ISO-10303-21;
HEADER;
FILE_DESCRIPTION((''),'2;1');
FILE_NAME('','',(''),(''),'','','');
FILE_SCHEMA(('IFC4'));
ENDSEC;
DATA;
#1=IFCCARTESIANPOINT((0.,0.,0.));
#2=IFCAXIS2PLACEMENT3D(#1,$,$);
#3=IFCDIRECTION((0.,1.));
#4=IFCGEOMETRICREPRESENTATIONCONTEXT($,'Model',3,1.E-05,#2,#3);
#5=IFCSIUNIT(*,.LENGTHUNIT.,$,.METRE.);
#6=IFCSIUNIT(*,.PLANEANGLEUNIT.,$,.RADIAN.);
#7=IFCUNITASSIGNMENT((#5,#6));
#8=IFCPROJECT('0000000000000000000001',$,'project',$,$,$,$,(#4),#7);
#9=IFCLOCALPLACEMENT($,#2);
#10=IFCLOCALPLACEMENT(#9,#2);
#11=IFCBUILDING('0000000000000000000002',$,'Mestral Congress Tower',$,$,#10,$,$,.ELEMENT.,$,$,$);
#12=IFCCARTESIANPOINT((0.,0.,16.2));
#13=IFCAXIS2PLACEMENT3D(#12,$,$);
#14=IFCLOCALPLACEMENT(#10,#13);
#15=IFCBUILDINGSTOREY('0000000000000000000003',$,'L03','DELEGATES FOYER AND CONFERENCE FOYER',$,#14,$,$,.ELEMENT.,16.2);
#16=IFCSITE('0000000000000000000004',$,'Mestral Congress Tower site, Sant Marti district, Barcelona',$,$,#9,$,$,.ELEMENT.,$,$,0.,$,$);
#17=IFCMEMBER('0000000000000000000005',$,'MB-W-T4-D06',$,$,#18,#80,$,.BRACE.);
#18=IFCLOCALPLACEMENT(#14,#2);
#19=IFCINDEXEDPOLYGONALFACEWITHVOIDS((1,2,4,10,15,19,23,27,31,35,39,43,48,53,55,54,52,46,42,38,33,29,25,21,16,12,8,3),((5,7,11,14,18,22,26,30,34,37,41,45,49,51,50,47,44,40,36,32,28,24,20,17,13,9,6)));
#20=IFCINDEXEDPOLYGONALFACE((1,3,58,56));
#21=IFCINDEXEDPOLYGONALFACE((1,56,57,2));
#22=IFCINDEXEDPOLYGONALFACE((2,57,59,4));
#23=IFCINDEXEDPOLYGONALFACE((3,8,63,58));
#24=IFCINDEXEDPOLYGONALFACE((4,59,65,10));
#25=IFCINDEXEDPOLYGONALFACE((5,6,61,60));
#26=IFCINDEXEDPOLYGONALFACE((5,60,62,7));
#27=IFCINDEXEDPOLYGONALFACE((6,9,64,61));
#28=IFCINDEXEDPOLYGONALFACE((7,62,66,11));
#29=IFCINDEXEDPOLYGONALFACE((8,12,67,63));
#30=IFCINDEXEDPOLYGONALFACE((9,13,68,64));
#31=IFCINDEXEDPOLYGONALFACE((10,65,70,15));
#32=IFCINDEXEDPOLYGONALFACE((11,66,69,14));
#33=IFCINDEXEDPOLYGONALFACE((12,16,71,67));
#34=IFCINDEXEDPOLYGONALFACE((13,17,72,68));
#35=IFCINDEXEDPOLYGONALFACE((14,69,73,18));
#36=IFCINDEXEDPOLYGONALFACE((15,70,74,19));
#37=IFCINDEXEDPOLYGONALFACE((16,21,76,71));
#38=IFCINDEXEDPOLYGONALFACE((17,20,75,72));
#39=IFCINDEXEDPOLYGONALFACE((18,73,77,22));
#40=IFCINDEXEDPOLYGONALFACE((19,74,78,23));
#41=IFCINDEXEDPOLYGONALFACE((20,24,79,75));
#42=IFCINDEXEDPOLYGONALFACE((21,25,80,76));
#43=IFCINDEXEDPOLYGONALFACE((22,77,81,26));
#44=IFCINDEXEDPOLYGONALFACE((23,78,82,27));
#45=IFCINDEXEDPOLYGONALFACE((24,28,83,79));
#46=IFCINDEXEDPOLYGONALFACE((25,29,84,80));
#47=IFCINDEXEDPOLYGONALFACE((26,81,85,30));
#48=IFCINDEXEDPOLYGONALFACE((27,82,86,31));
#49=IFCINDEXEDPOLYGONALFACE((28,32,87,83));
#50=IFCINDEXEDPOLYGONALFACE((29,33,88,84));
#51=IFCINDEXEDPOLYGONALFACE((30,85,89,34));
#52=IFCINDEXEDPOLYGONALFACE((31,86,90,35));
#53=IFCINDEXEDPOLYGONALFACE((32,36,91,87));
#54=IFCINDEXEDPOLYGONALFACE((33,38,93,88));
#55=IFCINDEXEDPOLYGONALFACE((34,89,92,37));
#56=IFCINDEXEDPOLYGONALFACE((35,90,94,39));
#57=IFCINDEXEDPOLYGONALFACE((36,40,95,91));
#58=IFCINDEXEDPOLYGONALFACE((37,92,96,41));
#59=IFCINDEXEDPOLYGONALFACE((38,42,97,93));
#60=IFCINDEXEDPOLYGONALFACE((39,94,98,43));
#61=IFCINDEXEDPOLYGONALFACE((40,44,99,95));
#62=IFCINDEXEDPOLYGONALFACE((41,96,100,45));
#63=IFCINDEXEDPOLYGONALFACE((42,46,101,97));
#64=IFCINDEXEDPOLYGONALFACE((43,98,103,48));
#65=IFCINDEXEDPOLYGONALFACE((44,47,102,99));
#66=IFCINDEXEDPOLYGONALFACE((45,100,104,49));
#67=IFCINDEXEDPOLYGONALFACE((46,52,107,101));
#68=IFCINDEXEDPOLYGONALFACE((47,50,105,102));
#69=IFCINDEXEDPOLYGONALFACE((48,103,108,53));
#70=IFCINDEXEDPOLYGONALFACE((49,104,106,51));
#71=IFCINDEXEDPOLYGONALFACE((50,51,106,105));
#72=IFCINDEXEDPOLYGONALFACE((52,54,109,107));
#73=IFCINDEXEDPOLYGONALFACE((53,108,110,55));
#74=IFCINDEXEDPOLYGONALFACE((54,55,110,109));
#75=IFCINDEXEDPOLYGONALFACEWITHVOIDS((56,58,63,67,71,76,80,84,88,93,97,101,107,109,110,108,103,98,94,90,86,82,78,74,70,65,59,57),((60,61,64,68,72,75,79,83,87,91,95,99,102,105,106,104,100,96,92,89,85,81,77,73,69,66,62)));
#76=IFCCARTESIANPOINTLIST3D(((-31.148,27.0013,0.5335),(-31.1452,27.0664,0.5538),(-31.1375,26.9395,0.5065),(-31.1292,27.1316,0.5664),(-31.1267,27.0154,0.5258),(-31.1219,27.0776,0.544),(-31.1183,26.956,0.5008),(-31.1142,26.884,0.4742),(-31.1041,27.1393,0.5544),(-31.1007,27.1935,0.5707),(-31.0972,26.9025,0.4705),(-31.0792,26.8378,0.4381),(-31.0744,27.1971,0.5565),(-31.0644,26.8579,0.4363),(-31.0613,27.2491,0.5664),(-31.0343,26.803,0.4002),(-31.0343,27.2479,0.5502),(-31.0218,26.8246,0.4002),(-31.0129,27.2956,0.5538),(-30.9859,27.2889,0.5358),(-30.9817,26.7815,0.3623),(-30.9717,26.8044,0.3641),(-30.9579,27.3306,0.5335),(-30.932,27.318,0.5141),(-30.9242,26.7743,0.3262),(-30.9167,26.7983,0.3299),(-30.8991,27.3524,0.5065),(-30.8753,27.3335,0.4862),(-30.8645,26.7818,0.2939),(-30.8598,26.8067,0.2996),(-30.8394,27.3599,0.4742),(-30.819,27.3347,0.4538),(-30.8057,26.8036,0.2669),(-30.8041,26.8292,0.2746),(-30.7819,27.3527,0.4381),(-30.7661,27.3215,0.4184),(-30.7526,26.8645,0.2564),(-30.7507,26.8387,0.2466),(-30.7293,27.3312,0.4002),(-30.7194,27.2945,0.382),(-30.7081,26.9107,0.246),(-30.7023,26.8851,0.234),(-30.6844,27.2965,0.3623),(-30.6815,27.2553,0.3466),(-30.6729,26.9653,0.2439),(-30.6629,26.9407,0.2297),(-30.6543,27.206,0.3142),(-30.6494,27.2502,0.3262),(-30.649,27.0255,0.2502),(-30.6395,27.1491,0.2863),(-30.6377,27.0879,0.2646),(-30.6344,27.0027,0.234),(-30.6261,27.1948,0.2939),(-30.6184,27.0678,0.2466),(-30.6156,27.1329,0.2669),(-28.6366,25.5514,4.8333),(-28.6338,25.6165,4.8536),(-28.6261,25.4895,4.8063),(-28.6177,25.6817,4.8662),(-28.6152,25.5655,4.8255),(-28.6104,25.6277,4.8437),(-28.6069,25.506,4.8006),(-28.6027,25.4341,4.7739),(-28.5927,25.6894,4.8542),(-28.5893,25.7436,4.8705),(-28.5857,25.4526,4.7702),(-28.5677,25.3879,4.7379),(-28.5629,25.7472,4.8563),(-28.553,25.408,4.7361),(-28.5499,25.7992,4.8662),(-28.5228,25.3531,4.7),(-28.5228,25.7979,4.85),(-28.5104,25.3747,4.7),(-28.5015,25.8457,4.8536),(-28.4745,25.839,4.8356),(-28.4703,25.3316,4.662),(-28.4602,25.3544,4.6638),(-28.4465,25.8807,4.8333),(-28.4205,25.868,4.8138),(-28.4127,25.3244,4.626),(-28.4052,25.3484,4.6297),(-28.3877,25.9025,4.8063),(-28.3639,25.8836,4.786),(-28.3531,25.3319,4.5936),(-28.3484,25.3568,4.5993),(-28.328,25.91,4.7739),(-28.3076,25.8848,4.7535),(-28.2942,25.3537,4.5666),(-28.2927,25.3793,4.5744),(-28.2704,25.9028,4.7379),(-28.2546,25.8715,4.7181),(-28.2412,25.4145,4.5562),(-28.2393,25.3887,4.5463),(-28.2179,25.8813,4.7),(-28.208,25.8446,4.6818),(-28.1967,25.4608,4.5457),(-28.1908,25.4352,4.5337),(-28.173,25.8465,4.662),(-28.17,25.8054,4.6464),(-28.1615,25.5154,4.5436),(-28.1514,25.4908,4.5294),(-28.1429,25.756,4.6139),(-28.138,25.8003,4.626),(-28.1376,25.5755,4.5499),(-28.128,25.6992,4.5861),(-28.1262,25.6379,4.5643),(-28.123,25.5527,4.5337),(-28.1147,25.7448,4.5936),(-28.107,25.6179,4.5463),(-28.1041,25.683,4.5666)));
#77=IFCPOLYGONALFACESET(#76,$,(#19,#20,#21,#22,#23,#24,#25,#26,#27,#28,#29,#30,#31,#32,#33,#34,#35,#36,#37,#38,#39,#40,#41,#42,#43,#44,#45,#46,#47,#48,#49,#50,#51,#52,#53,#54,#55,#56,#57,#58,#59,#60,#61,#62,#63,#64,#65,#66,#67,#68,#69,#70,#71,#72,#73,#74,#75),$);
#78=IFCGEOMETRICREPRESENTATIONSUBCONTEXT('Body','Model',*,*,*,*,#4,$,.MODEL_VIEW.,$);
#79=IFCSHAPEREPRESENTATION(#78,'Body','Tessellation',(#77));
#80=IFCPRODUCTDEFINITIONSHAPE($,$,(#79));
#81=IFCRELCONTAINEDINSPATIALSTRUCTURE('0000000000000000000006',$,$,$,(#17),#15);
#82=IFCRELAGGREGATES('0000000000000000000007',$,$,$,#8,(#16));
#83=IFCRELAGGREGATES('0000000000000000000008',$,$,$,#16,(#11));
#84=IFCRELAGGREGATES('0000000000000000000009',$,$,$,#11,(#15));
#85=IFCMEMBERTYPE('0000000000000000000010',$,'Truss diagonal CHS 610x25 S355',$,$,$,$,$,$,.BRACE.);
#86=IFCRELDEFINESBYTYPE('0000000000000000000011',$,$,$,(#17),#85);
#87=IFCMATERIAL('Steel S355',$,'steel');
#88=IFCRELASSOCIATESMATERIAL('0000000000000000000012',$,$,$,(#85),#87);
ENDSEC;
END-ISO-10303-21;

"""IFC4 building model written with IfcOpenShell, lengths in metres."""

from ifc_helpers import new_model, si_unit, direction, frame, origin, origin_2d, place, context, subcontext, project, spatial, hollow_circle, extrude, material, material_profile, profile_set, type_object, element, save


model = new_model("IFC4")

# Units and contexts
model_context = context("Model", 3, precision=1e-05, world=origin(), true_north=direction((0.0, 1.0)))
body_context = subcontext(model_context, "Body", "Model", "MODEL_VIEW")
ifc_project = project(units=[si_unit("LENGTHUNIT", "METRE"), si_unit("PLANEANGLEUNIT", "RADIAN")], contexts=[model_context])

# Site, building, storey
site_placement = place(None, origin())
site = spatial("IfcSite", under=ifc_project, at=site_placement, Name="Mestral Congress Tower site, Sant Marti district, Barcelona", CompositionType="ELEMENT", RefElevation=0.0)
building_placement = place(site_placement, origin())
building = spatial("IfcBuilding", under=site, at=building_placement, Name="Mestral Congress Tower", CompositionType="ELEMENT")
storey_placement = place(building_placement, frame((0.0, 0.0, 16.2)))
storey = spatial("IfcBuildingStorey", under=building, at=storey_placement, Name="L03", Description="DELEGATES FOYER AND CONFERENCE FOYER", CompositionType="ELEMENT", Elevation=16.2)

# Member
ifc_material = material(Name="Steel S355", Category="steel")
ifc_material_profile_1 = material_profile(ifc_material, hollow_circle(Radius=0.3049, WallThickness=0.0249, at=origin_2d()), Name="CHS 610x25")
ifc_profile_set_1 = profile_set([ifc_material_profile_1], Name="Steel S355")
member_type_1 = type_object("IfcMemberType", Name="Truss diagonal CHS 610x25 S355", PredefinedType="BRACE", material=ifc_profile_set_1)
for number, where, z_axis, x_axis, name in (
    (1, (-28.3704, 25.6172, 4.7), (-0.484247, 0.279571, -0.829062), (-0.499987, -0.866033, 0.0), "MB-W-T4-D06"),
):
    element("IfcMember", number, at=place(storey_placement, frame(where, z_axis=z_axis, x_axis=x_axis)), inside=storey, type_object=member_type_1, Name=name, PredefinedType="BRACE", context=body_context, shape_type="SweptSolid", body=[
        extrude(hollow_circle(Radius=0.3049, WallThickness=0.0249, at=origin_2d()), origin(), (0.0, 0.0, 1.0), 5.1863),
    ])

save(model, "model.ifc")
